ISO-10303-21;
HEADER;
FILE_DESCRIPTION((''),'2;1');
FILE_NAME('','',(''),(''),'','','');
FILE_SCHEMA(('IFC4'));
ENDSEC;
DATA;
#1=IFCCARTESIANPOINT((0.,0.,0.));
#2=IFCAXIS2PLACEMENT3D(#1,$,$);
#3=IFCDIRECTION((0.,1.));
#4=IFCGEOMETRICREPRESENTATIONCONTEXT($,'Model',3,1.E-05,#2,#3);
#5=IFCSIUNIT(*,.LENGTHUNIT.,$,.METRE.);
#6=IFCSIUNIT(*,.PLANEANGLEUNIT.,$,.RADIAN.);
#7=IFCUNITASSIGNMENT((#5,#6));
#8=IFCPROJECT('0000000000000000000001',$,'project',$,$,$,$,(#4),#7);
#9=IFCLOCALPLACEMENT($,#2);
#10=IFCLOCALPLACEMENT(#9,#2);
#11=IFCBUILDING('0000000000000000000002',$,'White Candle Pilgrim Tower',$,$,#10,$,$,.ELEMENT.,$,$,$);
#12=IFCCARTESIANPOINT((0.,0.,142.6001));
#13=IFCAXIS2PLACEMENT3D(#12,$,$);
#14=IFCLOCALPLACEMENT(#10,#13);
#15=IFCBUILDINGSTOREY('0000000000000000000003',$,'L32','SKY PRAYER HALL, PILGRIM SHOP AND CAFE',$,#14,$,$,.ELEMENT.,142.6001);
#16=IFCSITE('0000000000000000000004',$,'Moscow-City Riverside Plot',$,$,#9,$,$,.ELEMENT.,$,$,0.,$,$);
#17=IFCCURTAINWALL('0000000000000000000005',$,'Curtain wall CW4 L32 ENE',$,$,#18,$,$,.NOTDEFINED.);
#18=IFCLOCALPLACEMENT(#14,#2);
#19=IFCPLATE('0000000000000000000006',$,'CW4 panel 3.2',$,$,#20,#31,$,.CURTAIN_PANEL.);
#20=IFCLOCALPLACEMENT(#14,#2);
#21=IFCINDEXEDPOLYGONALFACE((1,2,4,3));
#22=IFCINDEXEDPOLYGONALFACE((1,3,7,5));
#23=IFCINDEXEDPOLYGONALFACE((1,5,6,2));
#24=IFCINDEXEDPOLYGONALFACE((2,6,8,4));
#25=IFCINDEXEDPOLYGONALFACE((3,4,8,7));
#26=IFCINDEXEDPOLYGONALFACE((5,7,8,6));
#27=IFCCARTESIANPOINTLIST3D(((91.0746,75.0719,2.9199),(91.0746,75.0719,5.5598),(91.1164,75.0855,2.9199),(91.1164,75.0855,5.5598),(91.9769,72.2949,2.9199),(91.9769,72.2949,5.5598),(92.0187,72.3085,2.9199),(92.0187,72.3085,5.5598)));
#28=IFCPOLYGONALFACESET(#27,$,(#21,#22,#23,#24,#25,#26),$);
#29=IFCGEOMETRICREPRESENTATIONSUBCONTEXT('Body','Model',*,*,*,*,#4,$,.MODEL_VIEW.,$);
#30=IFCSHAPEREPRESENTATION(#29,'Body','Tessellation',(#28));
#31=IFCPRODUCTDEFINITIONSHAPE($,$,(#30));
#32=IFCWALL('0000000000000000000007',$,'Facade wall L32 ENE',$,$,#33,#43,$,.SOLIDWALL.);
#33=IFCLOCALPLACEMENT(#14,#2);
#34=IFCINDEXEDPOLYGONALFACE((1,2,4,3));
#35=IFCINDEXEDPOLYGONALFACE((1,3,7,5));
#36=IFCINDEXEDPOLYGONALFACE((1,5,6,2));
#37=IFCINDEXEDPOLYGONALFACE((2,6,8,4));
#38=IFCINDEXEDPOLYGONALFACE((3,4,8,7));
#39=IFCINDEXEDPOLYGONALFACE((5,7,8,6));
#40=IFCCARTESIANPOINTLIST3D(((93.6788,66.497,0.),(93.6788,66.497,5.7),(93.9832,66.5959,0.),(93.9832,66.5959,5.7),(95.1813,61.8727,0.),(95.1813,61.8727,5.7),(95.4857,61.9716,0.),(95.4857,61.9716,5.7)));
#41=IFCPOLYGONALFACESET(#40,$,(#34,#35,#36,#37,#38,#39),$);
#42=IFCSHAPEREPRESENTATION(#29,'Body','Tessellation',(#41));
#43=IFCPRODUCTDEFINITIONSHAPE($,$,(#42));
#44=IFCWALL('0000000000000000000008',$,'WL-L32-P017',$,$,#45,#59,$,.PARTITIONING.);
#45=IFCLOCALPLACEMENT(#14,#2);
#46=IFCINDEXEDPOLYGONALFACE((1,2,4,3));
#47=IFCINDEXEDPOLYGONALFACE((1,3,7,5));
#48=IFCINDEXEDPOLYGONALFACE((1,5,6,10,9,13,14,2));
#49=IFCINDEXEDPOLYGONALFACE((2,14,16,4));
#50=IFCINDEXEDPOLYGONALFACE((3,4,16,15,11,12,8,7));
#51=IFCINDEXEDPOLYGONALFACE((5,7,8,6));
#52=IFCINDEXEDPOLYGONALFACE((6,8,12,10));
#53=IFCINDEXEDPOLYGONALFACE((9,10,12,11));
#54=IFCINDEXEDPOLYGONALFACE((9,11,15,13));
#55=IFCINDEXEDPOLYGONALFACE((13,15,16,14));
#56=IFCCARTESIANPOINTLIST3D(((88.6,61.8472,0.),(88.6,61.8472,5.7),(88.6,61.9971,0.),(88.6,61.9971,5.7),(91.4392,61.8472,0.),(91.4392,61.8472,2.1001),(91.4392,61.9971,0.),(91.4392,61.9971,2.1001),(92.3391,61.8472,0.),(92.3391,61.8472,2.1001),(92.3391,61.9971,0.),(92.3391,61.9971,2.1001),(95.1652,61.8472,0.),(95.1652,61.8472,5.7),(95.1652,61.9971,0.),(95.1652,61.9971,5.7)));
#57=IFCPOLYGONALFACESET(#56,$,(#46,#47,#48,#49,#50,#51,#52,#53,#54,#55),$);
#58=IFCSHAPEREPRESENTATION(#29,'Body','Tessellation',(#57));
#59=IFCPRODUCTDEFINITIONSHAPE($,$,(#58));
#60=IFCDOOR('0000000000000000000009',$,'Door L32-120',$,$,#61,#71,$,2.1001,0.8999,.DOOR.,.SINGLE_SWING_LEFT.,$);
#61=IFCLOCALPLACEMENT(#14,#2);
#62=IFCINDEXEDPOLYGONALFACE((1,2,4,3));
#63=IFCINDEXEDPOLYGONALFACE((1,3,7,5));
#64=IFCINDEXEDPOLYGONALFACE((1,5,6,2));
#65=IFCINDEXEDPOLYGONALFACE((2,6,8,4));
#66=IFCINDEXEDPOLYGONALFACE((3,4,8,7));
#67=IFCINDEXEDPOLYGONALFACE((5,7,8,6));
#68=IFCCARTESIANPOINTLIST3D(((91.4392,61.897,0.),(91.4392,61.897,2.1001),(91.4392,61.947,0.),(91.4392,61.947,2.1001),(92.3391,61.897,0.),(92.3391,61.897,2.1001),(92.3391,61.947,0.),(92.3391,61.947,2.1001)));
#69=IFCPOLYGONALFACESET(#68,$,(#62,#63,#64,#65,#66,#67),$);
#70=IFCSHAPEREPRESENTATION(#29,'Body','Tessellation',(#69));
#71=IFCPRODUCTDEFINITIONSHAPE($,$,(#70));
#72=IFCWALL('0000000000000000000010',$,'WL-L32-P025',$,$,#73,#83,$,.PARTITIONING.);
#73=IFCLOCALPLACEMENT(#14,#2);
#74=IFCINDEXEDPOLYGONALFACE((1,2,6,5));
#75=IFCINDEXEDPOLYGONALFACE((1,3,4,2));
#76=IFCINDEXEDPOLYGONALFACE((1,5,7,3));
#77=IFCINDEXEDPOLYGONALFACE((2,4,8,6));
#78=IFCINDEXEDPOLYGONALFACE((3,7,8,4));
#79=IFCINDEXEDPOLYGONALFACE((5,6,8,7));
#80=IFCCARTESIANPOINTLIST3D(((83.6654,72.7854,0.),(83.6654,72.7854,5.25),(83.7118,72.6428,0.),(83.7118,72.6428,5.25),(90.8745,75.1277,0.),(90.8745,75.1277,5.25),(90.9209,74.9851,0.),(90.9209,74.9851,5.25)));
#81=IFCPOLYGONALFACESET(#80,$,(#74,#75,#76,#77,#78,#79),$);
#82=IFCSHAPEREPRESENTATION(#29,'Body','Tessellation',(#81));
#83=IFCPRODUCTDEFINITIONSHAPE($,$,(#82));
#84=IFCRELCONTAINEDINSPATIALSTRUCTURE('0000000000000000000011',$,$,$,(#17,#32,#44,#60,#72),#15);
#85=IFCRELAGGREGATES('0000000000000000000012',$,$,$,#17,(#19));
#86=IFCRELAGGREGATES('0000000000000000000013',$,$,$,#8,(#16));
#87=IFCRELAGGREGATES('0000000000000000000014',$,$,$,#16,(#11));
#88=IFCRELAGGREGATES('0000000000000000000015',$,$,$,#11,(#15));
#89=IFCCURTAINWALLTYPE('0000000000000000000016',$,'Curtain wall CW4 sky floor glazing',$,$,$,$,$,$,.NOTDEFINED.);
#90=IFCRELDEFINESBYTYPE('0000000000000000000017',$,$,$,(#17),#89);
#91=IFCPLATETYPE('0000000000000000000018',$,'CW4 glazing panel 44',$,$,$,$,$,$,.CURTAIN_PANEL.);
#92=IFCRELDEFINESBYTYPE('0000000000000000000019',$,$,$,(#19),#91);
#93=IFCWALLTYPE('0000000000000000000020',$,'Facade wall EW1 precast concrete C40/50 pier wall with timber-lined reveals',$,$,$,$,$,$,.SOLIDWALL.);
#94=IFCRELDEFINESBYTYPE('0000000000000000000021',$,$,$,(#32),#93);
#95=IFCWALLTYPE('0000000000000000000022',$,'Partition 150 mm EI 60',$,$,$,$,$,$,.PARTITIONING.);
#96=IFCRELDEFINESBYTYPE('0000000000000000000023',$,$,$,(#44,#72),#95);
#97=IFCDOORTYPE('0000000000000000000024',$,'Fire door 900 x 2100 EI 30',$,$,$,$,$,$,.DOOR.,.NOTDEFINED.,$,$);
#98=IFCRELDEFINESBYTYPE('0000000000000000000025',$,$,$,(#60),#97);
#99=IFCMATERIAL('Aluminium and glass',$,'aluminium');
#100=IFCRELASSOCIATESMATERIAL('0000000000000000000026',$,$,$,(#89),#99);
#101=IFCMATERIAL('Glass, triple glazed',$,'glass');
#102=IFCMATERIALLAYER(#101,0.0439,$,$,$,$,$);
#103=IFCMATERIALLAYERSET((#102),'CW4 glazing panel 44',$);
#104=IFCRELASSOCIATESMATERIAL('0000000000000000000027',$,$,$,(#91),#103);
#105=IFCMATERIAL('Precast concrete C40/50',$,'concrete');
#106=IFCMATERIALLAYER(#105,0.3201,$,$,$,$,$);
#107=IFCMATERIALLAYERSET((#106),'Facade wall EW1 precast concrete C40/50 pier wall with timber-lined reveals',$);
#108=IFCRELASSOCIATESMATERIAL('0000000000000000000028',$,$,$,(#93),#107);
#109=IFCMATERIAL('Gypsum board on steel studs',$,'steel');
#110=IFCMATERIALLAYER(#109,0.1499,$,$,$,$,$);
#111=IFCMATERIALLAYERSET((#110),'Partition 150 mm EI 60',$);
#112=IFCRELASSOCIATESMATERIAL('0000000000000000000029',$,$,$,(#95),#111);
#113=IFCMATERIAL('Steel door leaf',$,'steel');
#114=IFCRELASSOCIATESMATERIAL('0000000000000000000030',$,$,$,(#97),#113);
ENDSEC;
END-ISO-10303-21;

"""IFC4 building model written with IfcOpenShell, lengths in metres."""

from ifc_helpers import new_model, si_unit, direction, frame, frame_2d, origin, origin_2d, place, context, subcontext, project, spatial, rectangle, extrude, material, layer, layer_set, type_object, element, fill, aggregate, save


model = new_model("IFC4")

# Units and contexts
model_context = context("Model", 3, precision=1e-05, world=origin(), true_north=direction((0.0, 1.0)))
body_context = subcontext(model_context, "Body", "Model", "MODEL_VIEW")
ifc_project = project(units=[si_unit("LENGTHUNIT", "METRE"), si_unit("PLANEANGLEUNIT", "RADIAN")], contexts=[model_context])

# Site, building, storey
site_placement = place(None, origin())
site = spatial("IfcSite", under=ifc_project, at=site_placement, Name="Moscow-City Riverside Plot", CompositionType="ELEMENT", RefElevation=0.0)
building_placement = place(site_placement, origin())
building = spatial("IfcBuilding", under=site, at=building_placement, Name="White Candle Pilgrim Tower", CompositionType="ELEMENT")
storey_placement = place(building_placement, frame((0.0, 0.0, 142.6001)))
storey = spatial("IfcBuildingStorey", under=building, at=storey_placement, Name="L32", Description="SKY PRAYER HALL, PILGRIM SHOP AND CAFE", CompositionType="ELEMENT", Elevation=142.6001)

# Curtain wall
ifc_material_1 = material(Name="Aluminium and glass", Category="aluminium")
curtain_wall_type = type_object("IfcCurtainWallType", Name="Curtain wall CW4 sky floor glazing", PredefinedType="NOTDEFINED", material=ifc_material_1)
curtain_wall_placement = place(storey_placement, origin())
curtain_wall = element("IfcCurtainWall", 1, at=curtain_wall_placement, inside=storey, type_object=curtain_wall_type, Name="Curtain wall CW4 L32 ENE", PredefinedType="NOTDEFINED")

# Plate
ifc_material_2 = material(Name="Glass, triple glazed", Category="glass")
ifc_layer_1 = layer(ifc_material_2, 0.0439)
ifc_layer_set_1 = layer_set([ifc_layer_1], Name="CW4 glazing panel 44")
plate_type = type_object("IfcPlateType", Name="CW4 glazing panel 44", PredefinedType="CURTAIN_PANEL", material=ifc_layer_set_1)
plate_1_placement = place(storey_placement, frame((91.5466, 73.6902, 2.9199), z_axis=(0.0, 0.0, 1.0), x_axis=(-0.309017, 0.951057, 0.0)))
plate_1 = element("IfcPlate", 2, at=plate_1_placement, type_object=plate_type, Name="CW4 panel 3.2", PredefinedType="CURTAIN_PANEL", context=body_context, shape_type="SweptSolid", body=[
    extrude(rectangle(XDim=2.9199, YDim=0.0439, at=origin_2d()), origin(), (0.0, 0.0, 1.0), 2.6399),
])
aggregate(curtain_wall, [plate_1])

# Wall
ifc_material_3 = material(Name="Precast concrete C40/50", Category="concrete")
ifc_layer_2 = layer(ifc_material_3, 0.3201)
ifc_layer_set_2 = layer_set([ifc_layer_2], Name="Facade wall EW1 precast concrete C40/50 pier wall with timber-lined reveals")
wall_type_1 = type_object("IfcWallType", Name="Facade wall EW1 precast concrete C40/50 pier wall with timber-lined reveals", PredefinedType="SOLIDWALL", material=ifc_layer_set_2)
wall_1_placement = place(storey_placement, frame((95.3335, 61.9221, 0.0), z_axis=(0.0, 0.0, 1.0), x_axis=(-0.309003, 0.951061, 0.0)))
element("IfcWall", 3, at=wall_1_placement, inside=storey, type_object=wall_type_1, Name="Facade wall L32 ENE", PredefinedType="SOLIDWALL", context=body_context, shape_type="SweptSolid", body=[
    extrude(rectangle(XDim=4.8623, YDim=0.3201, at=frame_2d((2.4312, 0.0))), origin(), (0.0, 0.0, 1.0), 5.7),
])

# Wall, opening, door
ifc_material_4 = material(Name="Gypsum board on steel studs", Category="steel")
ifc_layer_3 = layer(ifc_material_4, 0.1499)
ifc_layer_set_3 = layer_set([ifc_layer_3], Name="Partition 150 mm EI 60")
wall_type_2 = type_object("IfcWallType", Name="Partition 150 mm EI 60", PredefinedType="PARTITIONING", material=ifc_layer_set_3)
wall_2_placement = place(storey_placement, frame((95.1653, 61.9221, 0.0), z_axis=(0.0, 0.0, 1.0), x_axis=(-1.0, 0.0, 0.0)))
wall_2 = element("IfcWall", 4, at=wall_2_placement, inside=storey, type_object=wall_type_2, Name="WL-L32-P017", PredefinedType="PARTITIONING", context=body_context, shape_type="SweptSolid", body=[
    extrude(rectangle(XDim=6.5652, YDim=0.1499, at=frame_2d((3.2827, 0.0))), origin(), (0.0, 0.0, 1.0), 5.7),
])
opening_placement = place(wall_2_placement, frame((2.8262, 0.0, 0.0)))
opening = element("IfcOpeningElement", 5, at=opening_placement, cuts=wall_2, PredefinedType="OPENING", context=body_context, shape_type="SweptSolid", body=[
    extrude(rectangle(XDim=0.8999, YDim=2.1001, at=frame_2d((0.45, 1.05))), frame((0.0, 0.085, 0.0), z_axis=(0.0, -1.0, 0.0), x_axis=(1.0, 0.0, 0.0)), (0.0, 0.0, 1.0), 0.1699),
])
ifc_material_5 = material(Name="Steel door leaf", Category="steel")
door_type = type_object("IfcDoorType", Name="Fire door 900 x 2100 EI 30", OperationType="NOTDEFINED", PredefinedType="DOOR", material=ifc_material_5)
door_placement = place(opening_placement, frame((0.8999, 0.0, 0.0), z_axis=(0.0, 0.0, 1.0), x_axis=(-1.0, 0.0, 0.0)))
door = element("IfcDoor", 6, at=door_placement, inside=storey, type_object=door_type, Name="Door L32-120", OperationType="SINGLE_SWING_LEFT", OverallHeight=2.1001, OverallWidth=0.8999, PredefinedType="DOOR", context=body_context, shape_type="SweptSolid", body=[
    extrude(rectangle(XDim=0.8999, YDim=2.1001, at=frame_2d((0.45, 1.05))), frame((0.0, 0.0249, 0.0), z_axis=(0.0, -1.0, 0.0), x_axis=(1.0, 0.0, 0.0)), (0.0, 0.0, 1.0), 0.05),
])
fill(opening, door)

# Wall
wall_3_placement = place(storey_placement, frame((90.8977, 75.0564, 0.0), z_axis=(0.0, 0.0, 1.0), x_axis=(-0.951059, -0.30901, 0.0)))
element("IfcWall", 7, at=wall_3_placement, inside=storey, type_object=wall_type_2, Name="WL-L32-P025", PredefinedType="PARTITIONING", context=body_context, shape_type="SweptSolid", body=[
    extrude(rectangle(XDim=7.5801, YDim=0.1499, at=frame_2d((3.79, 0.0))), origin(), (0.0, 0.0, 1.0), 5.25),
])

save(model, "model.ifc")
